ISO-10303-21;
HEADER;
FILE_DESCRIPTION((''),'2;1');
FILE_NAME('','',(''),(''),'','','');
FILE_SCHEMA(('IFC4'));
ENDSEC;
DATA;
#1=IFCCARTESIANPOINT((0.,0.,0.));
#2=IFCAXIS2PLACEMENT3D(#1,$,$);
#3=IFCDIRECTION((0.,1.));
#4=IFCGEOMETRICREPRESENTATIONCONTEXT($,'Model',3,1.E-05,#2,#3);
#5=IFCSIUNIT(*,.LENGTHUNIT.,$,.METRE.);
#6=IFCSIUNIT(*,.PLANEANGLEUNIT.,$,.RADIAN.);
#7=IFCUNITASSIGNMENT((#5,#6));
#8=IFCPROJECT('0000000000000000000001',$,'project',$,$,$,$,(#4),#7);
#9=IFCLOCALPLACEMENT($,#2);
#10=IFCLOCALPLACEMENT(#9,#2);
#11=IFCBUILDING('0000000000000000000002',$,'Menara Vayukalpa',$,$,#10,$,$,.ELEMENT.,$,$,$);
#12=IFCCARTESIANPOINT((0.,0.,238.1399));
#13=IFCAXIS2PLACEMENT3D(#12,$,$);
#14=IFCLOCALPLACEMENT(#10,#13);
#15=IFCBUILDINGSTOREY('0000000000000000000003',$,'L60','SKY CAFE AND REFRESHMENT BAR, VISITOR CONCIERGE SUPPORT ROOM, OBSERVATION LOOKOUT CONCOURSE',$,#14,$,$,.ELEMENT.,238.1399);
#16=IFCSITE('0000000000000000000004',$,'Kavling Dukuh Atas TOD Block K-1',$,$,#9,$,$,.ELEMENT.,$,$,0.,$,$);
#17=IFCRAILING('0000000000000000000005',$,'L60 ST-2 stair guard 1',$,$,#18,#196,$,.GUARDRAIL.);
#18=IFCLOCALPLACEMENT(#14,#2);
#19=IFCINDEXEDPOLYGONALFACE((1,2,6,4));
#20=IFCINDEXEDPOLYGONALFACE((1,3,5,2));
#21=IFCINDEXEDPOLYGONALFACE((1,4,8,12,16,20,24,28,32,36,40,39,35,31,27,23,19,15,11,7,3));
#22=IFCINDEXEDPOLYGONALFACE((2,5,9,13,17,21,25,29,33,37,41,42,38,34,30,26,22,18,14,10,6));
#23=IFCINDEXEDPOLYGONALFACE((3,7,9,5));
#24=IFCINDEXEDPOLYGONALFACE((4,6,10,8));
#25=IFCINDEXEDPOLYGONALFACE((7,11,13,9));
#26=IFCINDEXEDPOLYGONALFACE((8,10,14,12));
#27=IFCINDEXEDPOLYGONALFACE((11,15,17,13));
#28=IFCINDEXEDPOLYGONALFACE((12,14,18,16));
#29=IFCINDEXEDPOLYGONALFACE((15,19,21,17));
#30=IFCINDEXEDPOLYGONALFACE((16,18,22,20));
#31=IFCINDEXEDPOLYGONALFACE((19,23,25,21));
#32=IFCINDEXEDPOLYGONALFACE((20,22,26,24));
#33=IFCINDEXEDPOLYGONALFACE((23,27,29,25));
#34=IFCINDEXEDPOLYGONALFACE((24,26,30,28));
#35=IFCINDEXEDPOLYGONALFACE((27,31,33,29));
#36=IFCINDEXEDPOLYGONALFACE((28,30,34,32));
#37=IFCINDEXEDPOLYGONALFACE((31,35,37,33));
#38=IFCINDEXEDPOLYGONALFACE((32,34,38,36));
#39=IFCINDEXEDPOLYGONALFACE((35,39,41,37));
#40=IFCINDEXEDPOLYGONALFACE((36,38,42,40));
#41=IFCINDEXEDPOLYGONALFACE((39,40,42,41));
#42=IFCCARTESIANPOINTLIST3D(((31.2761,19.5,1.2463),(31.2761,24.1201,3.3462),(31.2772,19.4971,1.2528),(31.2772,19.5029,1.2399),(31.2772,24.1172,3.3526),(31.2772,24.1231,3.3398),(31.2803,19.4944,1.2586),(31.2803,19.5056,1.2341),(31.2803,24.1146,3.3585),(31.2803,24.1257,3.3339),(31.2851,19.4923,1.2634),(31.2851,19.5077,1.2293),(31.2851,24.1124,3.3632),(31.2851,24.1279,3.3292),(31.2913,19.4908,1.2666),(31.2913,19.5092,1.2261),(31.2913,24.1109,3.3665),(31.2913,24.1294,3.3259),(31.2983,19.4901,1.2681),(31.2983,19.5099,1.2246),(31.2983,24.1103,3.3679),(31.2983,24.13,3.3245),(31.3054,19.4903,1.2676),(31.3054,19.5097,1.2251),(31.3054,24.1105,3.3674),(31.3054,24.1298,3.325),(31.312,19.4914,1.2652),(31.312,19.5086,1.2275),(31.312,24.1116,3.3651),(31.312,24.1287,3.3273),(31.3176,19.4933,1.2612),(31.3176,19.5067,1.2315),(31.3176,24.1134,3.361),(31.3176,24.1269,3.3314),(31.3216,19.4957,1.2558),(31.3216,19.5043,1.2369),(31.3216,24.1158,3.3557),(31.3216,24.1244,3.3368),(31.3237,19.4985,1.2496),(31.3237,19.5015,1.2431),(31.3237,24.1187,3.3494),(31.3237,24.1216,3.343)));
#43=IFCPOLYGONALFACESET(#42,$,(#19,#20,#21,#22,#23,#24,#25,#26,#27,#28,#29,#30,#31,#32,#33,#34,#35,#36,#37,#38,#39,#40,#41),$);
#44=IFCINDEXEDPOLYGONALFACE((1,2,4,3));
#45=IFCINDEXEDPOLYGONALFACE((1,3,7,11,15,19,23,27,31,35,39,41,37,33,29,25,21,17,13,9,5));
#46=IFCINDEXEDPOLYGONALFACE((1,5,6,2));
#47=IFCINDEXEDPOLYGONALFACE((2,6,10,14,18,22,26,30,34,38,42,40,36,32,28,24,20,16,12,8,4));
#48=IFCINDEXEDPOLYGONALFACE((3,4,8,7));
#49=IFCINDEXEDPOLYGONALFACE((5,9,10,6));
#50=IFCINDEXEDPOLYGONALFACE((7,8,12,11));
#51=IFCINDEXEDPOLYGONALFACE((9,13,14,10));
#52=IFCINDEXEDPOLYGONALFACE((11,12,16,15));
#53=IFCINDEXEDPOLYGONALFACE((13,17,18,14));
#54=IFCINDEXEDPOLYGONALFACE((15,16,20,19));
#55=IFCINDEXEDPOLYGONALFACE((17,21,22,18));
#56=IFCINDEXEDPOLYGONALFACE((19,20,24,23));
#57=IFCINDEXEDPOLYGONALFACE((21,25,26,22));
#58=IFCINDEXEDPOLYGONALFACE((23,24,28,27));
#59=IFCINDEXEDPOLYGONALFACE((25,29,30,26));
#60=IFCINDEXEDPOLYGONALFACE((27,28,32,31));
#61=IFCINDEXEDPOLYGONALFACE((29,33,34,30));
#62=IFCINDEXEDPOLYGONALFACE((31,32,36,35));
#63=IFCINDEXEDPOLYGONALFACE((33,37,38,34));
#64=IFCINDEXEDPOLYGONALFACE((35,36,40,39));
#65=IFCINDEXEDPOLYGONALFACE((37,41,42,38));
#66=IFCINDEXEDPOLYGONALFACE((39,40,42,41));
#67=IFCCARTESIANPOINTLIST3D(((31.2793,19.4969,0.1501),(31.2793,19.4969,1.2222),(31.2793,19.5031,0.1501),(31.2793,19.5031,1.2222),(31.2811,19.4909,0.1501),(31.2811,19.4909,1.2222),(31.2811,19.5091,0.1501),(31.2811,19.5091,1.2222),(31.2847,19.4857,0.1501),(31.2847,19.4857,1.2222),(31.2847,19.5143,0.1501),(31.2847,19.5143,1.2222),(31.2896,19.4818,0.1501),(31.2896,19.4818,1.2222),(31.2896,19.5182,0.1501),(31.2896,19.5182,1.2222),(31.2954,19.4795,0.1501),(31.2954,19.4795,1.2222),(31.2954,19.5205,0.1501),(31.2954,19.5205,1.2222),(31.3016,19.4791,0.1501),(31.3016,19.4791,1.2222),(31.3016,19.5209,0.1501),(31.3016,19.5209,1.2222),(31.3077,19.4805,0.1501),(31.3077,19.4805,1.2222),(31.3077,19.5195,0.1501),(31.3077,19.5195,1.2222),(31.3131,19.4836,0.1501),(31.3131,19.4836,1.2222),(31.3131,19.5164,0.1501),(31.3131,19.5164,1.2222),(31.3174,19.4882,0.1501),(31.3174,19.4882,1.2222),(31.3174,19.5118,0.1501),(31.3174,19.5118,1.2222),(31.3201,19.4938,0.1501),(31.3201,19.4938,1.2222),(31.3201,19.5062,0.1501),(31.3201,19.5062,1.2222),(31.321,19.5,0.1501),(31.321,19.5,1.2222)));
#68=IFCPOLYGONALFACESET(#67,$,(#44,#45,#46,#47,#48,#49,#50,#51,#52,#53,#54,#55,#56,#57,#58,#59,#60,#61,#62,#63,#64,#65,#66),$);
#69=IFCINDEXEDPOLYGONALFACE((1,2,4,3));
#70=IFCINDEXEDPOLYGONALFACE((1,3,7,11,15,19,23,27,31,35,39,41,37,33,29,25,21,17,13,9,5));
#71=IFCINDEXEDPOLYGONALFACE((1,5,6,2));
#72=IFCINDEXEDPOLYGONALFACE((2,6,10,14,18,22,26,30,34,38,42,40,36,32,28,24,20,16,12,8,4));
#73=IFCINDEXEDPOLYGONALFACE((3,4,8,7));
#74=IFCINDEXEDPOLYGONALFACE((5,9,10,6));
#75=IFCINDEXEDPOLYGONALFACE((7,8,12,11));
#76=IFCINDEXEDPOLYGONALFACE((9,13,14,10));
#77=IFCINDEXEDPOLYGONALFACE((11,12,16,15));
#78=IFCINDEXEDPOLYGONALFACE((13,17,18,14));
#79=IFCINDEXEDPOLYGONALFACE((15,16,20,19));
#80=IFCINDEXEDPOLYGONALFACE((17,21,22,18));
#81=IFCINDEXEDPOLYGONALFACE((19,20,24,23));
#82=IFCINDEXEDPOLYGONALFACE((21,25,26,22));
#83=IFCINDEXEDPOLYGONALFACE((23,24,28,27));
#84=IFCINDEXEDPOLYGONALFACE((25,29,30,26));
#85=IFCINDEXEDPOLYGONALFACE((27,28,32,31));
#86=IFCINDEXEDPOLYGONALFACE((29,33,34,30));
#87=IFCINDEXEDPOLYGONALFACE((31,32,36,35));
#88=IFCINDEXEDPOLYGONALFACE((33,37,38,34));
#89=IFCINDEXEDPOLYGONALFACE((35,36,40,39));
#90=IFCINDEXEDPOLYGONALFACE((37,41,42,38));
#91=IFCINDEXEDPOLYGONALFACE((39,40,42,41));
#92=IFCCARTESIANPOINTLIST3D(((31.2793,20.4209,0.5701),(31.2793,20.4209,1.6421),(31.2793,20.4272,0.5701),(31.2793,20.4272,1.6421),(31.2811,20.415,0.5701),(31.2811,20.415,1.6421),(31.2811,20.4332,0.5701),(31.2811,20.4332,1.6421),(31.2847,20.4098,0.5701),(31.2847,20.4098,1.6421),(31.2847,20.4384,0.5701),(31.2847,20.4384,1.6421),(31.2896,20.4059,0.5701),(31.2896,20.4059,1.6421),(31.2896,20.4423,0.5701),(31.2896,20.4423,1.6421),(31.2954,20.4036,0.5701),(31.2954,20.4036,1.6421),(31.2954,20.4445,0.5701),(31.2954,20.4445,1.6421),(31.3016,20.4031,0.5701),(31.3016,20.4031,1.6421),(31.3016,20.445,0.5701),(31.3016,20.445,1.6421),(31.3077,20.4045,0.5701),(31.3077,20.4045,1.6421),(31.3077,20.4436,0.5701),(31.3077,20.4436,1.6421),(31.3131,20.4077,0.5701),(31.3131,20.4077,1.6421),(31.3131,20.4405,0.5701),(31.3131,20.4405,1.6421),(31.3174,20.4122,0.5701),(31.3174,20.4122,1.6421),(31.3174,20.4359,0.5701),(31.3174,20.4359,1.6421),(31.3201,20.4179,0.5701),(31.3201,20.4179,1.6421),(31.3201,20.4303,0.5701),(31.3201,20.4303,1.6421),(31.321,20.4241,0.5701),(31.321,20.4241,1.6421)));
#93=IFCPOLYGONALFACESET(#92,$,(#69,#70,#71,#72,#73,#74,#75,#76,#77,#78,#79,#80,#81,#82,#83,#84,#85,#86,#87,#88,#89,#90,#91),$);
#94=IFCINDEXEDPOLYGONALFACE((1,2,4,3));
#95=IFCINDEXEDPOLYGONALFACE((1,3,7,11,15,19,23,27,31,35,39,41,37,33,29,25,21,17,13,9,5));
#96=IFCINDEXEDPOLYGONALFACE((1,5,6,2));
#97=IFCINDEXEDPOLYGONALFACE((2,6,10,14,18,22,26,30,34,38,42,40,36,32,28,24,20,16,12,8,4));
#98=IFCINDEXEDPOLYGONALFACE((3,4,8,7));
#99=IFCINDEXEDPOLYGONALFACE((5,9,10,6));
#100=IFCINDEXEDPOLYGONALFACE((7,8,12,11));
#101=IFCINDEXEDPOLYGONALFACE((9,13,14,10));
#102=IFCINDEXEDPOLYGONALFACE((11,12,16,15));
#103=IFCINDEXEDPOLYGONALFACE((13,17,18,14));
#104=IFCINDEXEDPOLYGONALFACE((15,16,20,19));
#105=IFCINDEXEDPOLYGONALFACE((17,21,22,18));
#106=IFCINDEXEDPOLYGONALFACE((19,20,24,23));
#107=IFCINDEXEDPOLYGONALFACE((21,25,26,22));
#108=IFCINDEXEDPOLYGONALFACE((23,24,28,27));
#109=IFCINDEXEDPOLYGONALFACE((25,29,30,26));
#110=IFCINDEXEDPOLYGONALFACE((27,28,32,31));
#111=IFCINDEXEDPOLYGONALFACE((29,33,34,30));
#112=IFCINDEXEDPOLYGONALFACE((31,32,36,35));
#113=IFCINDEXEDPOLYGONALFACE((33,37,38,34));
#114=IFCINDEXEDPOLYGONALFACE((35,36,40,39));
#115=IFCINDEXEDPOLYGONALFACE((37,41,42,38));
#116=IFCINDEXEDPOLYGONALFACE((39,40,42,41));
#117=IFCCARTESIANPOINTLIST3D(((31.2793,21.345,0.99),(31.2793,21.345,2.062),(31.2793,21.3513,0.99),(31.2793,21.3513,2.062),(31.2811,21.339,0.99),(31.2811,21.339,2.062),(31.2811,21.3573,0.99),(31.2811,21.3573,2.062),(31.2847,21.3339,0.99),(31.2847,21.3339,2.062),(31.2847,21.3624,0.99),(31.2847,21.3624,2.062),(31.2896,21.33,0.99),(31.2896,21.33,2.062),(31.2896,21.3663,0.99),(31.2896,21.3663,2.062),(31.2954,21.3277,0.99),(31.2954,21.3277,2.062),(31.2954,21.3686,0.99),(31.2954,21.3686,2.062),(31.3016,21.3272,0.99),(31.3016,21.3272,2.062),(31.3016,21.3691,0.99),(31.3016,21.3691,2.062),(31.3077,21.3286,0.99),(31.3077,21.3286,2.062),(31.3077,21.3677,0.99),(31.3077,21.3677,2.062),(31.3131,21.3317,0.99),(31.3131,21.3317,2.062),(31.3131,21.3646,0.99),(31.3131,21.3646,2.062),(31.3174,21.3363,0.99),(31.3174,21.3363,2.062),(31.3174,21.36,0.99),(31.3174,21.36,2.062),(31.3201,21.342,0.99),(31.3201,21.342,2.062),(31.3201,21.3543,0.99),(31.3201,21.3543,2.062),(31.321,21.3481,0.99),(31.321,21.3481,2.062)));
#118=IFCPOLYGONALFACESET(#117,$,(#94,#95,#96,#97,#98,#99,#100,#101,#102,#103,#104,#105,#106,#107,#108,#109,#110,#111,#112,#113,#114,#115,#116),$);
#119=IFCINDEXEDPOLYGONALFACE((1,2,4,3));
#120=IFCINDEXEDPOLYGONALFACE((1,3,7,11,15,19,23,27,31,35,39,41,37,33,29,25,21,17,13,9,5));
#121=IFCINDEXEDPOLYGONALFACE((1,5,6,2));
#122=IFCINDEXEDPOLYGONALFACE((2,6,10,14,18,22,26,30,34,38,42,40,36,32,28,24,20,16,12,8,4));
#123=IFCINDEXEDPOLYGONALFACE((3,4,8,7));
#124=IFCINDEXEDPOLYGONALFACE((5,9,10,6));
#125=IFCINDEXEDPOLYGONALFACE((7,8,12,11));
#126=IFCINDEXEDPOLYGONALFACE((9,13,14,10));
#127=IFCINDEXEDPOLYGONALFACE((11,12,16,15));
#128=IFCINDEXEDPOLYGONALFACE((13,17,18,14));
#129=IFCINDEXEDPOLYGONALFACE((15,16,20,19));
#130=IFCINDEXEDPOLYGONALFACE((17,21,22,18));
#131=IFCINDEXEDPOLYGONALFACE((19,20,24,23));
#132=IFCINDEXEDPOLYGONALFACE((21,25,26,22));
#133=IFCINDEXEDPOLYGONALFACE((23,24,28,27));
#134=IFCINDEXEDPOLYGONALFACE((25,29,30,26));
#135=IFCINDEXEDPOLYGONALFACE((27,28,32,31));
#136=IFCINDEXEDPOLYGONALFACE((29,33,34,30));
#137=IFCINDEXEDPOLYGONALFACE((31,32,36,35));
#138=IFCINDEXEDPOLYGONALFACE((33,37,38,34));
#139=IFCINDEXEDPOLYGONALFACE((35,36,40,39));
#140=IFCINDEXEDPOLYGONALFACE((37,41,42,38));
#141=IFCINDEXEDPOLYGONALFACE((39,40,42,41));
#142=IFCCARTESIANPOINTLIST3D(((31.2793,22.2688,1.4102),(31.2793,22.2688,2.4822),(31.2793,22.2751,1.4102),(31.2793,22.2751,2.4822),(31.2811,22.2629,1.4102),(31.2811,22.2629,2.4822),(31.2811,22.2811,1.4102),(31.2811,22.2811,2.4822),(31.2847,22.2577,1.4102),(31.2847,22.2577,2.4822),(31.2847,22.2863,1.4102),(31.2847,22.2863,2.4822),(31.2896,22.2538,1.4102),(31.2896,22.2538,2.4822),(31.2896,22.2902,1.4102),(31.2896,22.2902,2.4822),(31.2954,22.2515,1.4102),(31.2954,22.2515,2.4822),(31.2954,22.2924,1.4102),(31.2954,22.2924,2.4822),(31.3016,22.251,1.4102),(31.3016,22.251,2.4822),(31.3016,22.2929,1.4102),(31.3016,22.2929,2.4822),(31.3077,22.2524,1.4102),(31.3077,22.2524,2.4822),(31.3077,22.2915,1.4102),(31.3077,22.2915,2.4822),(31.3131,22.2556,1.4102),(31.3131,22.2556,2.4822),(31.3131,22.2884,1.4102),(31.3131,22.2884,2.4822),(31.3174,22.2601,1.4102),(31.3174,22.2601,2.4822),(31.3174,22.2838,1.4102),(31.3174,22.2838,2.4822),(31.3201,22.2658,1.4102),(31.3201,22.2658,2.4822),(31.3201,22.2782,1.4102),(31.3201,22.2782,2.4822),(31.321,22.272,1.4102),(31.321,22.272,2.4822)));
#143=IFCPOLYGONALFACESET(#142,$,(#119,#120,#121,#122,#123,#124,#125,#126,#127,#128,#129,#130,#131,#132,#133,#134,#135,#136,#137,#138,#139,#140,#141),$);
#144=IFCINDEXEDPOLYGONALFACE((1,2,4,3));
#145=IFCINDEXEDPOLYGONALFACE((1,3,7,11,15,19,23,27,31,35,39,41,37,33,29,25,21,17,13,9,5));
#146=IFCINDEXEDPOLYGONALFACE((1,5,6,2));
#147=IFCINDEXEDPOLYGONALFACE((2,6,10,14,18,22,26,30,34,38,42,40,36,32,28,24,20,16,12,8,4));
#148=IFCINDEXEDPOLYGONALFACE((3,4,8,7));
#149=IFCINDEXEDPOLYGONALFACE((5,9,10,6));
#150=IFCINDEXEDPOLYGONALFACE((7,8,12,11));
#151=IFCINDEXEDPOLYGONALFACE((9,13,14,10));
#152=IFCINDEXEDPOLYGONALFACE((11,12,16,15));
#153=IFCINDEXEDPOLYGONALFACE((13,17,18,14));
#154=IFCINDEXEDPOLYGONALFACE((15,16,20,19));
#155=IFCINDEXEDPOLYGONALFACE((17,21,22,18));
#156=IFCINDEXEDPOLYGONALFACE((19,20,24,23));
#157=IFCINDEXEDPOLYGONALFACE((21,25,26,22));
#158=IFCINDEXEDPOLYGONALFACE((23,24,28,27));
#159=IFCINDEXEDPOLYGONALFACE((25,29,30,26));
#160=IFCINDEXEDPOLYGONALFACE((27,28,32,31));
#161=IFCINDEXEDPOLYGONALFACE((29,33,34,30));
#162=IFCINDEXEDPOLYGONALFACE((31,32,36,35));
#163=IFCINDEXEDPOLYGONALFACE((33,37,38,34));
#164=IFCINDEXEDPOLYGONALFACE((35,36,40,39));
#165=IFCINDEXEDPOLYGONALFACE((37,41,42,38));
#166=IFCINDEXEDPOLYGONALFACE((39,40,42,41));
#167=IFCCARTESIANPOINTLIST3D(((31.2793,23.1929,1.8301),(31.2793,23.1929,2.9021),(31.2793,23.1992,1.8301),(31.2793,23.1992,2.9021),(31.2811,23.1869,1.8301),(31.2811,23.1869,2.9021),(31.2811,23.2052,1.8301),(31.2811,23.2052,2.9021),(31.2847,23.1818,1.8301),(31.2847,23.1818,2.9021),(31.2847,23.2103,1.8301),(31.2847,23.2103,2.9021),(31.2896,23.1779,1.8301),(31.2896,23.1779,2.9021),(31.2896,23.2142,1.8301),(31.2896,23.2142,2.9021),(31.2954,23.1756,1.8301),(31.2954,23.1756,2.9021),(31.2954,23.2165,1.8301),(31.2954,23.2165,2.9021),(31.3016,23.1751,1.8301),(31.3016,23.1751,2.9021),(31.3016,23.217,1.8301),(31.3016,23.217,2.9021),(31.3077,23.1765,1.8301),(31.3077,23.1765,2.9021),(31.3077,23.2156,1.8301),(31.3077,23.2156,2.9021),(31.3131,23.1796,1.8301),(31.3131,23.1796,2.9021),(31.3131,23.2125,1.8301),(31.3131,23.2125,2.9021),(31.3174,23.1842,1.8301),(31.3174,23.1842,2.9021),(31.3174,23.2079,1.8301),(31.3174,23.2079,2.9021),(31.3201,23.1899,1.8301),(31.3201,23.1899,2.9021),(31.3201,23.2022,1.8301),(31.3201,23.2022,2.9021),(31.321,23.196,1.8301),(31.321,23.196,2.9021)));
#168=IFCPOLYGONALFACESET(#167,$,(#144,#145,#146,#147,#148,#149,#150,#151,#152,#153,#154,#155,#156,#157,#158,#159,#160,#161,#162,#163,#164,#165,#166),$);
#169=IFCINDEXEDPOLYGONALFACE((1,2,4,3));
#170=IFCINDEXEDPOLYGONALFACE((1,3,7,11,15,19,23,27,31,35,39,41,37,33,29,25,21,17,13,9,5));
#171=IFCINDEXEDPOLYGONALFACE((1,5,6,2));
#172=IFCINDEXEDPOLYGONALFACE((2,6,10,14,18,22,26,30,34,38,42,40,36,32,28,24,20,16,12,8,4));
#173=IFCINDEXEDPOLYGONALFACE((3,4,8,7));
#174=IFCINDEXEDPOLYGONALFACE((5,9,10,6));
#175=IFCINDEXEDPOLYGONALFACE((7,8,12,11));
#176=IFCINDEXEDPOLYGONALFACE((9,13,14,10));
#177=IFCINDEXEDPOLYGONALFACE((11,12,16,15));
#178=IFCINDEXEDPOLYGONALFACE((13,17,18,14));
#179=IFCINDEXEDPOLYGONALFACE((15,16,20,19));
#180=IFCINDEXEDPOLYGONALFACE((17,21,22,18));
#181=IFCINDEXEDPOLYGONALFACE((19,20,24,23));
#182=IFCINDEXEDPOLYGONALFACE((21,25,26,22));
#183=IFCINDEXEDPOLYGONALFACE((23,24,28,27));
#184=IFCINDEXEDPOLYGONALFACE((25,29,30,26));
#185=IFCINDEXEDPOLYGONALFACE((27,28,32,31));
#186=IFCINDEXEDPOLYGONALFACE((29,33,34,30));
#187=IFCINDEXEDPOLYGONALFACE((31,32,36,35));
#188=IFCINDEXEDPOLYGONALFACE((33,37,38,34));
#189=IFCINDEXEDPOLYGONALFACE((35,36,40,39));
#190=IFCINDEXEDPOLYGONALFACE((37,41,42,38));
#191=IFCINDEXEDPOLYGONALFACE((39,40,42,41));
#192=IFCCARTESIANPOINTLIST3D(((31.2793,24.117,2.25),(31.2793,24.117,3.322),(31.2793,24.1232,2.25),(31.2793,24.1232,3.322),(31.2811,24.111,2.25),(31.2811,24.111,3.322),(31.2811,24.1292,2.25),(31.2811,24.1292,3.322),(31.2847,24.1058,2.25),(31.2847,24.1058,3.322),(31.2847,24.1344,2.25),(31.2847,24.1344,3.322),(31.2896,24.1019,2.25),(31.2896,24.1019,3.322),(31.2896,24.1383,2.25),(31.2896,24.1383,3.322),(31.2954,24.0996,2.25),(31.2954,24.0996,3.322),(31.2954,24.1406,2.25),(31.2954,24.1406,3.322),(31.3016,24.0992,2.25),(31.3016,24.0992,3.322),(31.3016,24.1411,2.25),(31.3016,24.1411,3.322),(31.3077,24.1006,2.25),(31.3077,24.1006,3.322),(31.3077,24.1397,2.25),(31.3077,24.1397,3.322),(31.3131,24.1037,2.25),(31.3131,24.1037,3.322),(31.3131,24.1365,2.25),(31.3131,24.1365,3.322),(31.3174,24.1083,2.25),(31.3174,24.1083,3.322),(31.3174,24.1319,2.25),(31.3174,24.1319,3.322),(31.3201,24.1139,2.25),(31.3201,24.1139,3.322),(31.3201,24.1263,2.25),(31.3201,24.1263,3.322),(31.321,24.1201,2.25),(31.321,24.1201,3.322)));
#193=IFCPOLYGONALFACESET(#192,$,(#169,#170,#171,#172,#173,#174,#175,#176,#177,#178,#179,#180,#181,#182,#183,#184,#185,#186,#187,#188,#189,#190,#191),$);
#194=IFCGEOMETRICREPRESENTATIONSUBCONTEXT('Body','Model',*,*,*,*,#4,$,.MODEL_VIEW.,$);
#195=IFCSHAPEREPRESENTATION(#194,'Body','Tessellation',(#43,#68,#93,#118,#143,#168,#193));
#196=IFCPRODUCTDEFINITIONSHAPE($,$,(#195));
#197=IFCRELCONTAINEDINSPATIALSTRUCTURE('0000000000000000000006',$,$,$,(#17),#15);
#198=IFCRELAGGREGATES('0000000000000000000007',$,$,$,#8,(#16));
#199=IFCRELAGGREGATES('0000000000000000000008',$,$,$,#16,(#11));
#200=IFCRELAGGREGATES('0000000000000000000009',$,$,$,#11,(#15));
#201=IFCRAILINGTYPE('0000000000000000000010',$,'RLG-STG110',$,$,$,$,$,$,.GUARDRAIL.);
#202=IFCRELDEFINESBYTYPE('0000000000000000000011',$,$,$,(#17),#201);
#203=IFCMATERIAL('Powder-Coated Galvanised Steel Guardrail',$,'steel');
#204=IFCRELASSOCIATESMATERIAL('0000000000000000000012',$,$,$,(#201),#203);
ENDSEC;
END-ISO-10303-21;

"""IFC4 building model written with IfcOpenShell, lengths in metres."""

from ifc_helpers import new_model, si_unit, direction, frame, origin, origin_2d, place, context, subcontext, project, spatial, circle, extrude, material, type_object, element, save


model = new_model("IFC4")

# Units and contexts
model_context = context("Model", 3, precision=1e-05, world=origin(), true_north=direction((0.0, 1.0)))
body_context = subcontext(model_context, "Body", "Model", "MODEL_VIEW")
ifc_project = project(units=[si_unit("LENGTHUNIT", "METRE"), si_unit("PLANEANGLEUNIT", "RADIAN")], contexts=[model_context])

# Site, building, storey
site_placement = place(None, origin())
site = spatial("IfcSite", under=ifc_project, at=site_placement, Name="Kavling Dukuh Atas TOD Block K-1", CompositionType="ELEMENT", RefElevation=0.0)
building_placement = place(site_placement, origin())
building = spatial("IfcBuilding", under=site, at=building_placement, Name="Menara Vayukalpa", CompositionType="ELEMENT")
storey_placement = place(building_placement, frame((0.0, 0.0, 238.1399)))
storey = spatial("IfcBuildingStorey", under=building, at=storey_placement, Name="L60", Description="SKY CAFE AND REFRESHMENT BAR, VISITOR CONCIERGE SUPPORT ROOM, OBSERVATION LOOKOUT CONCOURSE", CompositionType="ELEMENT", Elevation=238.1399)

# Railing
ifc_material_1 = material(Name="Powder-Coated Galvanised Steel Guardrail", Category="steel")
railing_type_1 = type_object("IfcRailingType", Name="RLG-STG110", PredefinedType="GUARDRAIL", material=ifc_material_1)
railing_1_placement = place(storey_placement, frame((31.3, 19.5, 0.1501)))
element("IfcRailing", 1, at=railing_1_placement, inside=storey, type_object=railing_type_1, Name="L60 ST-2 stair guard 1", PredefinedType="GUARDRAIL", context=body_context, shape_type="SweptSolid", body=[
    extrude(circle(Radius=0.0239, at=origin_2d()), frame((0.0, 0.0, 1.0962), z_axis=(0.0, 0.910381, 0.41377), x_axis=(-1.0, 0.0, 0.0)), (0.0, 0.0, 1.0), 5.075),
    extrude(circle(Radius=0.021, at=origin_2d()), origin(), (0.0, 0.0, 1.0), 1.072),
    extrude(circle(Radius=0.021, at=origin_2d()), frame((0.0, 0.9241, 0.4199)), (0.0, 0.0, 1.0), 1.072),
    extrude(circle(Radius=0.021, at=origin_2d()), frame((0.0, 1.8481, 0.8398)), (0.0, 0.0, 1.0), 1.072),
    extrude(circle(Radius=0.021, at=origin_2d()), frame((0.0, 2.772, 1.26)), (0.0, 0.0, 1.0), 1.072),
    extrude(circle(Radius=0.021, at=origin_2d()), frame((0.0, 3.696, 1.6799)), (0.0, 0.0, 1.0), 1.072),
    extrude(circle(Radius=0.021, at=origin_2d()), frame((0.0, 4.6201, 2.0999)), (0.0, 0.0, 1.0), 1.072),
])

save(model, "model.ifc")
